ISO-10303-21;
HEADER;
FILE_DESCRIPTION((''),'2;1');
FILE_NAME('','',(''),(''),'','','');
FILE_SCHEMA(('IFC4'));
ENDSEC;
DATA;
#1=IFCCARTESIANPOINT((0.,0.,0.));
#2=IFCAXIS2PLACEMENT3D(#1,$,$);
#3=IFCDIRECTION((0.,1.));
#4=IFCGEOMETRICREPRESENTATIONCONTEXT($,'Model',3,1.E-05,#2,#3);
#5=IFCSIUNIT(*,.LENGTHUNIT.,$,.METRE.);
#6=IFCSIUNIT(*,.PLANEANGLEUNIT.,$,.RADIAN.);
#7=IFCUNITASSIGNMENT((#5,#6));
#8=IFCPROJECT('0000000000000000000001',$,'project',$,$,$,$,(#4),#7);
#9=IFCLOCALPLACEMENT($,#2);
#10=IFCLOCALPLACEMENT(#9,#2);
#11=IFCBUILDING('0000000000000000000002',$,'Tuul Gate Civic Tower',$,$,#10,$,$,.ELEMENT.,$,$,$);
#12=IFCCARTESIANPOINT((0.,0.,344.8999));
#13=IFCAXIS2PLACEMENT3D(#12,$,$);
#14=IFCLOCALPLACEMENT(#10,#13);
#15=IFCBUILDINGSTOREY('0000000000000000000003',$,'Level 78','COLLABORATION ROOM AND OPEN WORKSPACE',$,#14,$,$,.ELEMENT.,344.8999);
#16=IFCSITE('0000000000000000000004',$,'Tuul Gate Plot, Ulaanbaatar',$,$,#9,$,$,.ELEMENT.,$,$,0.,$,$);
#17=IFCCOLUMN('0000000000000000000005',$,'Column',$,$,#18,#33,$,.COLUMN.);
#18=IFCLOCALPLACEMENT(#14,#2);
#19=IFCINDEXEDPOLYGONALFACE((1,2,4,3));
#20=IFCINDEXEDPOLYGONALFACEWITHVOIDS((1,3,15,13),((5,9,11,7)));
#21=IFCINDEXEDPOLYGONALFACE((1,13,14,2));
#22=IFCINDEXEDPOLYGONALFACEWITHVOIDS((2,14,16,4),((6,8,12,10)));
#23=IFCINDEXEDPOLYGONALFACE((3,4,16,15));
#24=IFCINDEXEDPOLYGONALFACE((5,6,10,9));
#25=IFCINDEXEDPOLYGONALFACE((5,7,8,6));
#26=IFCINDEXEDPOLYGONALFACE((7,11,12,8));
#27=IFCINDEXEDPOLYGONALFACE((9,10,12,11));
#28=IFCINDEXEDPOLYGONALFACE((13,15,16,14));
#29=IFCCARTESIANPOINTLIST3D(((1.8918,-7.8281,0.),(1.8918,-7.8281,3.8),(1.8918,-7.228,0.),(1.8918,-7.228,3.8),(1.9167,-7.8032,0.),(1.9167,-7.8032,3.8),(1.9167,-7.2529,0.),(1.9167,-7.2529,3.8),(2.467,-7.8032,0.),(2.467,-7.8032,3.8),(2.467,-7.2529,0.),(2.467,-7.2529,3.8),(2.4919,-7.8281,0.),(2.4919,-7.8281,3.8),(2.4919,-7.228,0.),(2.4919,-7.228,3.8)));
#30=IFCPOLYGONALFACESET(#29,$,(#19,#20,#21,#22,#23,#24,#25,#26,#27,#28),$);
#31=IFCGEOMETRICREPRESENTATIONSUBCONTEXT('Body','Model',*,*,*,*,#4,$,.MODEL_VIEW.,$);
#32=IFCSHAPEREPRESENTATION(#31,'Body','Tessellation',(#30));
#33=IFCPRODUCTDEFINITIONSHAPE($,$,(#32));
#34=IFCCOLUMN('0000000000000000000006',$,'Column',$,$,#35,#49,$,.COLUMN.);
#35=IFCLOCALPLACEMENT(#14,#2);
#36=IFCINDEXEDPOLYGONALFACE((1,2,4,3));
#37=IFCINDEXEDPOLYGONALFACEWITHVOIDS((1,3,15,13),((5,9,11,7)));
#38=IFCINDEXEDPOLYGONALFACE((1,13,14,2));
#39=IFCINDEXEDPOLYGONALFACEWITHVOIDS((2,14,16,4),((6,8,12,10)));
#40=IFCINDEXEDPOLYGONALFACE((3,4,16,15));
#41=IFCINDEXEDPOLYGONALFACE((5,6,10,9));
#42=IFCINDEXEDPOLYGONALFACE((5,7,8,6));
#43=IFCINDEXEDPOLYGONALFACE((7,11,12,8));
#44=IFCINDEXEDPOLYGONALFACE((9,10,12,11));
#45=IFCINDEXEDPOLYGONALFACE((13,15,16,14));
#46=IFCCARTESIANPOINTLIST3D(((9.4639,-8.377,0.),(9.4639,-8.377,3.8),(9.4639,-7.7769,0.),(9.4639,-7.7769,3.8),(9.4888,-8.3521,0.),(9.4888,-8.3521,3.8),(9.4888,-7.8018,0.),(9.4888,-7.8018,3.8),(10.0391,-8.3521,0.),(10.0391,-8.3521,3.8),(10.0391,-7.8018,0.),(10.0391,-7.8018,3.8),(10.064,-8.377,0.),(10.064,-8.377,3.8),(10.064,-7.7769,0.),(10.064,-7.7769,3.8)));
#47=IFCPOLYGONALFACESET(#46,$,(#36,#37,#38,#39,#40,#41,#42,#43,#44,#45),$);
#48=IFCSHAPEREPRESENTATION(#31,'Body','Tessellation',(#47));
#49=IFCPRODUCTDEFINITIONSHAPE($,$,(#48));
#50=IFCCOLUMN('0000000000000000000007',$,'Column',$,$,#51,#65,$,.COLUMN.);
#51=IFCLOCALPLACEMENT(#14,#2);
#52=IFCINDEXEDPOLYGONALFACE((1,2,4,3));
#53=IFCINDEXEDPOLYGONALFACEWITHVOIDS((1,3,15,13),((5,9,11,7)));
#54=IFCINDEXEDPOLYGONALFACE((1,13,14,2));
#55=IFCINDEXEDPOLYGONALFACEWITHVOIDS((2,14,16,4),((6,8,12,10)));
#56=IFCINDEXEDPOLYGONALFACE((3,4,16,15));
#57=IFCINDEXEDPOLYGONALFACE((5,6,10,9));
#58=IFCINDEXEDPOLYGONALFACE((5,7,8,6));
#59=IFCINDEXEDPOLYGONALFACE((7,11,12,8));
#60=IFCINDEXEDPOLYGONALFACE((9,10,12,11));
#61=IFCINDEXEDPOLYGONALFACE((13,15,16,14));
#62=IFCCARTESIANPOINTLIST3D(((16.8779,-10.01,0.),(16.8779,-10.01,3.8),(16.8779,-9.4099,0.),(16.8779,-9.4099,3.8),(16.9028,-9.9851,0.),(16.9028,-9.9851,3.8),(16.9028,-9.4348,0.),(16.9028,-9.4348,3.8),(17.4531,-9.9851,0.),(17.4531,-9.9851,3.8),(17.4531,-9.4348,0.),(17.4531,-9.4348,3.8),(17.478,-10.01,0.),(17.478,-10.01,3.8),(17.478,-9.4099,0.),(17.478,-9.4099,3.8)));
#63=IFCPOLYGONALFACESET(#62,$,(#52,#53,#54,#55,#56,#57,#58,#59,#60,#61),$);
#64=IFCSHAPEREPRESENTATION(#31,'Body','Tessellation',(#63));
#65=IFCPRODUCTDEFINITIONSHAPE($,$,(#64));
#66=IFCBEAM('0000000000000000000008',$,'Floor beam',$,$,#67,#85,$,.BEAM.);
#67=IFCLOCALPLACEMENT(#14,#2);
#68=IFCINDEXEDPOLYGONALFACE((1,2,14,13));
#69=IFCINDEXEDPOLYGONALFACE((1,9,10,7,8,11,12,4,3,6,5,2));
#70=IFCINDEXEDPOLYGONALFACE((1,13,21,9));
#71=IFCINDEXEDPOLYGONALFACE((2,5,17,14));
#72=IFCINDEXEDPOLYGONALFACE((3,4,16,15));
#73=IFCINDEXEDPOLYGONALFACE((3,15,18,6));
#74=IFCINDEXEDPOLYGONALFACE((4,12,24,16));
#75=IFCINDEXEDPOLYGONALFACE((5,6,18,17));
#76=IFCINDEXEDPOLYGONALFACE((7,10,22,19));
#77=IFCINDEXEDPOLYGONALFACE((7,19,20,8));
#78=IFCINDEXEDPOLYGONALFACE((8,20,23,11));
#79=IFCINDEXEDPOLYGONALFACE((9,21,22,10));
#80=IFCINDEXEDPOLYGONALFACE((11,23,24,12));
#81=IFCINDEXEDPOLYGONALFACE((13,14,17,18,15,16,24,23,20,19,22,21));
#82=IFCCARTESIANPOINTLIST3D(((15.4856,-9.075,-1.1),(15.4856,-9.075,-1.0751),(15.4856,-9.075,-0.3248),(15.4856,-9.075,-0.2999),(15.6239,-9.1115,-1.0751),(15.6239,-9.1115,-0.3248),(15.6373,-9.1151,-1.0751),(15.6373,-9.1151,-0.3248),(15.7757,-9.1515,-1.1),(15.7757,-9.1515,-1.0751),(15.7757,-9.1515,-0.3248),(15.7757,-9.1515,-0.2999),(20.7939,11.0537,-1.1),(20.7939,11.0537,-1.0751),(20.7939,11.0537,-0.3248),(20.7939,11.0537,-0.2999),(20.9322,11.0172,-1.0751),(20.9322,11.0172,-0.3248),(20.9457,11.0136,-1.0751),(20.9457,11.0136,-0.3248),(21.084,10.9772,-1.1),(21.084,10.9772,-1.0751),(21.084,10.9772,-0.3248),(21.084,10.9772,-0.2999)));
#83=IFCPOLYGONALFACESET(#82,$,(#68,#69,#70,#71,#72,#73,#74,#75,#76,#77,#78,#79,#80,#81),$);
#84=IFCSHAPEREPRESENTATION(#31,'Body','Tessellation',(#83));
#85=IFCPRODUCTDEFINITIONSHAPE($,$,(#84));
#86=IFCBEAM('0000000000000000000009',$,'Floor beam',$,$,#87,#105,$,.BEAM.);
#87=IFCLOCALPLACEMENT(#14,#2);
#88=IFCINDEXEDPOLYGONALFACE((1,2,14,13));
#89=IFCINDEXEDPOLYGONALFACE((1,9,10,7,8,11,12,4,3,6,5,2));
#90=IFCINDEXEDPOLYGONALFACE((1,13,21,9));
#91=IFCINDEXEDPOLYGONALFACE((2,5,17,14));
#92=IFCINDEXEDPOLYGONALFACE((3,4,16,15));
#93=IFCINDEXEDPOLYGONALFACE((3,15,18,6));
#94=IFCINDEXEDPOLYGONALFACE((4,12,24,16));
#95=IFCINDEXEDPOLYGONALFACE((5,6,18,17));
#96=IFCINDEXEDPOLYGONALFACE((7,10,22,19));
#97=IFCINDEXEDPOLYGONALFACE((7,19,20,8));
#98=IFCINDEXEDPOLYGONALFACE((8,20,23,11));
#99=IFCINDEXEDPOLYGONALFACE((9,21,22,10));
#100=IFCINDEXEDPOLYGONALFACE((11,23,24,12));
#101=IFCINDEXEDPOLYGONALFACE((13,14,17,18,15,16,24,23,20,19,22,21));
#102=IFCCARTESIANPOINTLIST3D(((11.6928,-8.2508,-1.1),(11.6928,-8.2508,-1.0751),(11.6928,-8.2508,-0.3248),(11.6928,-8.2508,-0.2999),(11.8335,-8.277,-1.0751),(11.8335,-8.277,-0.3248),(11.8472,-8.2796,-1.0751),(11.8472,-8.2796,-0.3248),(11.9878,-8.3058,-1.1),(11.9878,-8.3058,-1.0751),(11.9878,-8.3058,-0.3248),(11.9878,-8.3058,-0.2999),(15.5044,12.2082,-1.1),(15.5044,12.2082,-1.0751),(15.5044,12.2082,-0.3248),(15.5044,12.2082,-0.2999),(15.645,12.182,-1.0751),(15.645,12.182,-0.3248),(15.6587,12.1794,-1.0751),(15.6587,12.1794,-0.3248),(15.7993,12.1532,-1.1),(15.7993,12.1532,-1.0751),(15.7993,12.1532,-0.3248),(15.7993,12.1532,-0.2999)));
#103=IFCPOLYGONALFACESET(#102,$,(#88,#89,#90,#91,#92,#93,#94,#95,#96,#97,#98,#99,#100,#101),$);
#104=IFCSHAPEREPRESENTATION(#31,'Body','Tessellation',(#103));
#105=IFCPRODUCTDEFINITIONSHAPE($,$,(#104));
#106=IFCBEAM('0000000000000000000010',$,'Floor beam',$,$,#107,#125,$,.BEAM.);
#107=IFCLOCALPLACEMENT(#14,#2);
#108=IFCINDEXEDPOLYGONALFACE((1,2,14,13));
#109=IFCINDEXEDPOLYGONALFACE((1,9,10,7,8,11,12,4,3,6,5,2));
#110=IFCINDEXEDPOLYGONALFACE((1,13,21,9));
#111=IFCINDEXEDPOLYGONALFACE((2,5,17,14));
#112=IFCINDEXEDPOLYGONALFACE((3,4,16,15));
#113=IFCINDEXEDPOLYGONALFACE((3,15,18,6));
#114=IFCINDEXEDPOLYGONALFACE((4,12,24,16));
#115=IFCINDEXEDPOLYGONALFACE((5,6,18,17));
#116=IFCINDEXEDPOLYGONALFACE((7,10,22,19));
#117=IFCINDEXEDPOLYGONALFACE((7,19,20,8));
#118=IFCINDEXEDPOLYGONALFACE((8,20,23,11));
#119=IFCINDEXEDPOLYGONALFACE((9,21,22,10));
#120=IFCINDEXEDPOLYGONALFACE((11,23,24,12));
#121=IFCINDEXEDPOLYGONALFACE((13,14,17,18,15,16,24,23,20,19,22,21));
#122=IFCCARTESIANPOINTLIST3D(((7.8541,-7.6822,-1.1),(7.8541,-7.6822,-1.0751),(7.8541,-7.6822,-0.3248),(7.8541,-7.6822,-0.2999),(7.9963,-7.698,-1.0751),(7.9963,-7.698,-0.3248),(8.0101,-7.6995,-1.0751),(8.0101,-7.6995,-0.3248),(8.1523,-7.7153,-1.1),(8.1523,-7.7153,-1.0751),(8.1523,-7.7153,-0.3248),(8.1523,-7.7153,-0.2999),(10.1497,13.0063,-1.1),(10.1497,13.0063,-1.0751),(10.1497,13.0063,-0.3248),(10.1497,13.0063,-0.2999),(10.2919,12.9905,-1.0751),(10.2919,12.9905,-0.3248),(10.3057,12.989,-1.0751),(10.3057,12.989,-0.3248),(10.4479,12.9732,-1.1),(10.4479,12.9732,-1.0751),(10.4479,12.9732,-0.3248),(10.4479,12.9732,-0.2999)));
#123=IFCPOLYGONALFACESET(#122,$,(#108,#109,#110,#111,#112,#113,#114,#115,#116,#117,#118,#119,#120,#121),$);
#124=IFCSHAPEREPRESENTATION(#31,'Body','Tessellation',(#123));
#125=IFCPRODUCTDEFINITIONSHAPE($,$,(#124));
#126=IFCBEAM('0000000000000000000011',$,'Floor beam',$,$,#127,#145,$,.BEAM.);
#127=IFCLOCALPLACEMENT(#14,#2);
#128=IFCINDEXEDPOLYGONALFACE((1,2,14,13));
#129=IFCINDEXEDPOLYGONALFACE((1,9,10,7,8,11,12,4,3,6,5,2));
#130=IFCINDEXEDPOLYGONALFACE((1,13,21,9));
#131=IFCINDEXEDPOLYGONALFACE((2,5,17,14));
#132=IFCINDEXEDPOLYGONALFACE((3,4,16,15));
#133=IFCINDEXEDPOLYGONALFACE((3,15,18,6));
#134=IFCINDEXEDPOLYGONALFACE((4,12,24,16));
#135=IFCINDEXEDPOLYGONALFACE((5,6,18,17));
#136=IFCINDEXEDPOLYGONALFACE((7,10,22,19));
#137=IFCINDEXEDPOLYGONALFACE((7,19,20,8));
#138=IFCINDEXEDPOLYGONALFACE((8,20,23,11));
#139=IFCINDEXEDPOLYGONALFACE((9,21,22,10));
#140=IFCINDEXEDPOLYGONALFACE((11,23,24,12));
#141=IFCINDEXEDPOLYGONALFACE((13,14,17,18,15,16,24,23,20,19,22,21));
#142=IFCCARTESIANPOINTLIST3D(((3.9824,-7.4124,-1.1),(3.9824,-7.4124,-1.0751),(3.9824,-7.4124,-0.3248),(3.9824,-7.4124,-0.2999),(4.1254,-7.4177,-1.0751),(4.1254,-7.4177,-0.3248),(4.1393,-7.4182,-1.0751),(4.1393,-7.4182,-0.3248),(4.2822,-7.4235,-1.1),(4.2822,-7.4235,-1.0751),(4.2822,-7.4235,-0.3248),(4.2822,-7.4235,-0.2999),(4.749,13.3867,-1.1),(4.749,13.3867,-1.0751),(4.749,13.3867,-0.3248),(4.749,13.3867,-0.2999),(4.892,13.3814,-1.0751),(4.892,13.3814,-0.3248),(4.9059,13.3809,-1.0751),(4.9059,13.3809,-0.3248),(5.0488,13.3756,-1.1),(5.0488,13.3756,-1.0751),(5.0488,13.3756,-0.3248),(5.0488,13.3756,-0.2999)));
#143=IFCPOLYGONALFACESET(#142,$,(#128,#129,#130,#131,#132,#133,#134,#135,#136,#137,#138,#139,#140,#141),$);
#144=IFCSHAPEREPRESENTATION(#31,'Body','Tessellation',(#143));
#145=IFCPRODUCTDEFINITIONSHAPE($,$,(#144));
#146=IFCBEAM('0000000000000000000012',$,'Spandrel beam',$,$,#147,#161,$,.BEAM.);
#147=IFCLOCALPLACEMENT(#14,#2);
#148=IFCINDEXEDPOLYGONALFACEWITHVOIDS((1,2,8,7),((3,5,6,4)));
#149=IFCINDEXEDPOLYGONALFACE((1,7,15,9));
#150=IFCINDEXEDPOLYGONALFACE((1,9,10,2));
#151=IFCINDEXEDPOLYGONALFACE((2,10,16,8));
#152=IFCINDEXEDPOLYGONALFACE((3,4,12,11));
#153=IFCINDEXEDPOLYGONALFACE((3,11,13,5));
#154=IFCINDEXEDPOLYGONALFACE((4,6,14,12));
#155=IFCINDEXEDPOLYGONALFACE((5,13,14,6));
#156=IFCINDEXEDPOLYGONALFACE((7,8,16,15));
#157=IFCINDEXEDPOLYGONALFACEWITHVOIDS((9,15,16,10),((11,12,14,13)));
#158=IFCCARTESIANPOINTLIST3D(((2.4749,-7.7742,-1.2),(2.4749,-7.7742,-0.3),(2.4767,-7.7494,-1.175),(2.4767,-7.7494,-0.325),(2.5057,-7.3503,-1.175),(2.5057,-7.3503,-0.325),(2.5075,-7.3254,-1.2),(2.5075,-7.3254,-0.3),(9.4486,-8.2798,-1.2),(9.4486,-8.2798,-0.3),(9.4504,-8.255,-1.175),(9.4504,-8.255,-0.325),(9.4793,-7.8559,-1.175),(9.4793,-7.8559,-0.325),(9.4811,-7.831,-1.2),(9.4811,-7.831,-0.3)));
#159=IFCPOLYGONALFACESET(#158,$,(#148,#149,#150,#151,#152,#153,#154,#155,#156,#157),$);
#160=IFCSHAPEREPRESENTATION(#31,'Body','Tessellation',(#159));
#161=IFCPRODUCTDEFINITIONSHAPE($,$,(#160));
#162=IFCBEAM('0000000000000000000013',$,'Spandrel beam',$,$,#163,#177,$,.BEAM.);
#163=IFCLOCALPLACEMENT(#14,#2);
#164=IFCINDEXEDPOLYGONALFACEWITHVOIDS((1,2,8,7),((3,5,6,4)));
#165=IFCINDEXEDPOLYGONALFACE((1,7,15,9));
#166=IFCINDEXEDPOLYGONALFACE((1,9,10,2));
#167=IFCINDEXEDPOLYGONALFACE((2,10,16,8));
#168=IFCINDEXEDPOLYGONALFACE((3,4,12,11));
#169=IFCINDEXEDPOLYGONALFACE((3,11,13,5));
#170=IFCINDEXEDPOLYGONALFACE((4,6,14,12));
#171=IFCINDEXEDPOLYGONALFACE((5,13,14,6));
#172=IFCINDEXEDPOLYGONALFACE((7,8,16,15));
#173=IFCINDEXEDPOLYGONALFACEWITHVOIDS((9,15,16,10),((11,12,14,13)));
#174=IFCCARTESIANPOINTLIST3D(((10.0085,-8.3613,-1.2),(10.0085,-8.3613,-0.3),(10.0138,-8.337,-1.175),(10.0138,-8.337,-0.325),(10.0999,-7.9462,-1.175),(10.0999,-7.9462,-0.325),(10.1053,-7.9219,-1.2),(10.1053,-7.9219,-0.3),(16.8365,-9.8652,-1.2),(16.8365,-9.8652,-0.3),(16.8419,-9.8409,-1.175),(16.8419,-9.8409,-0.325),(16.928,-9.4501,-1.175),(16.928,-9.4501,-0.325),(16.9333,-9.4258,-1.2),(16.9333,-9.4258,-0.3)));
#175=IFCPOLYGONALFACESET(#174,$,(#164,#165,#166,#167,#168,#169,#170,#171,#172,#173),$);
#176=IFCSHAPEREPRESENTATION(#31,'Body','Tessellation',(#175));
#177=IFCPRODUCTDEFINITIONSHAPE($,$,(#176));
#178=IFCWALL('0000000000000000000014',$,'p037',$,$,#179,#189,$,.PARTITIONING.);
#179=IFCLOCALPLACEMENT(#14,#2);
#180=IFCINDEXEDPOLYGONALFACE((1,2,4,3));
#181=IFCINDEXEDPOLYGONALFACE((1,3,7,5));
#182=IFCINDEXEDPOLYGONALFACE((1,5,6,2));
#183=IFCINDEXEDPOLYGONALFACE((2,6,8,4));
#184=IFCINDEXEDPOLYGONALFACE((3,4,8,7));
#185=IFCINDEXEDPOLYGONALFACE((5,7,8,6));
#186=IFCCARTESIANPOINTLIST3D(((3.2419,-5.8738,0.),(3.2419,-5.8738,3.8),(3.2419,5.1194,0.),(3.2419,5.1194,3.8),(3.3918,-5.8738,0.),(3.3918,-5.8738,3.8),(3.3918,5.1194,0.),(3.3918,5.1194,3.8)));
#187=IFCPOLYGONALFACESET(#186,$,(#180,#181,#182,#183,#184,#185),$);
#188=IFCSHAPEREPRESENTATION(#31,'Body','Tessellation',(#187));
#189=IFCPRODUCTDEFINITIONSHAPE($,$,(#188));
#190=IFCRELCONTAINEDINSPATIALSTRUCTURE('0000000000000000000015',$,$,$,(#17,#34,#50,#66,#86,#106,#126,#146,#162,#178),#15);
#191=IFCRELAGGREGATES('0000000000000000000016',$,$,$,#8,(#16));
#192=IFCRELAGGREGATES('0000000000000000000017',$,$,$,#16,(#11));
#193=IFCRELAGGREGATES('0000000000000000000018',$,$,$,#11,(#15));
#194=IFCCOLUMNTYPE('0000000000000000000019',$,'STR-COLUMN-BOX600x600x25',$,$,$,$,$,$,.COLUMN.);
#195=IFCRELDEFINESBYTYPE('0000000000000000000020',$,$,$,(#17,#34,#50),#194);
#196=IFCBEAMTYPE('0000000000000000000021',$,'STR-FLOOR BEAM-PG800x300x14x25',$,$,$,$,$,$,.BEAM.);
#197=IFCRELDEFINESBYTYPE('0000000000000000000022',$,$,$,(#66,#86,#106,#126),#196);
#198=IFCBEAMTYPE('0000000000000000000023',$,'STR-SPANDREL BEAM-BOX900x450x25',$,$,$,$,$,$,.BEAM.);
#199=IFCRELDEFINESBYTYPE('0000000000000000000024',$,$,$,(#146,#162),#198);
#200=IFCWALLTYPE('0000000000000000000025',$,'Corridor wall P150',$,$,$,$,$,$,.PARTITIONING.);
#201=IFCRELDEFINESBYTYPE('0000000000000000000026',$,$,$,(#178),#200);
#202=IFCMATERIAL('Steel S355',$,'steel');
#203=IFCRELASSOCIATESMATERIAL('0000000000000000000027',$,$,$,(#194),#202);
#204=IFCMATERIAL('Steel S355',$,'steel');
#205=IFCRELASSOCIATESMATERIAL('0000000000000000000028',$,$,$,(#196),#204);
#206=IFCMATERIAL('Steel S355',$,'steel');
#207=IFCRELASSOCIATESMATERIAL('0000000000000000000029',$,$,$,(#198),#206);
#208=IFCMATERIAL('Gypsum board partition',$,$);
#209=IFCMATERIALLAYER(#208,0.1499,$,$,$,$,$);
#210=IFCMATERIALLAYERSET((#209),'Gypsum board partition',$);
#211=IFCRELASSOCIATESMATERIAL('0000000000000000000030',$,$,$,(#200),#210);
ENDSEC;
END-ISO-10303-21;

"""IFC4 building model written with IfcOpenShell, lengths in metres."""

from ifc_helpers import new_model, si_unit, direction, frame, frame_2d, origin, origin_2d, place, context, subcontext, project, spatial, rectangle, hollow_rectangle, i_section, extrude, material, layer, layer_set, material_profile, profile_set, type_object, element, save


model = new_model("IFC4")

# Units and contexts
model_context = context("Model", 3, precision=1e-05, world=origin(), true_north=direction((0.0, 1.0)))
body_context = subcontext(model_context, "Body", "Model", "MODEL_VIEW")
ifc_project = project(units=[si_unit("LENGTHUNIT", "METRE"), si_unit("PLANEANGLEUNIT", "RADIAN")], contexts=[model_context])

# Site, building, storey
site_placement = place(None, origin())
site = spatial("IfcSite", under=ifc_project, at=site_placement, Name="Tuul Gate Plot, Ulaanbaatar", CompositionType="ELEMENT", RefElevation=0.0)
building_placement = place(site_placement, origin())
building = spatial("IfcBuilding", under=site, at=building_placement, Name="Tuul Gate Civic Tower", CompositionType="ELEMENT")
storey_placement = place(building_placement, frame((0.0, 0.0, 344.8999)))
storey = spatial("IfcBuildingStorey", under=building, at=storey_placement, Name="Level 78", Description="COLLABORATION ROOM AND OPEN WORKSPACE", CompositionType="ELEMENT", Elevation=344.8999)

# Columns
ifc_material_1 = material(Name="Steel S355", Category="steel")
ifc_material_profile_1 = material_profile(ifc_material_1, hollow_rectangle(XDim=0.6001, YDim=0.6001, WallThickness=0.0249, at=origin_2d()), Name="BOX600x600x25")
ifc_profile_set_1 = profile_set([ifc_material_profile_1], Name="Steel S355")
column_type = type_object("IfcColumnType", Name="STR-COLUMN-BOX600x600x25", PredefinedType="COLUMN", material=ifc_profile_set_1)
for number, where, z_axis, x_axis, name in (
    (1, (2.1919, -7.5281, 0.0), (0.0, 0.0, 1.0), (1.0, 0.0, 0.0), "Column"),
    (2, (9.7639, -8.0769, 0.0), (0.0, 0.0, 1.0), (1.0, 0.0, 0.0), "Column"),
    (3, (17.178, -9.71, 0.0), (0.0, 0.0, 1.0), (1.0, 0.0, 0.0), "Column"),
):
    element("IfcColumn", number, at=place(storey_placement, frame(where, z_axis=z_axis, x_axis=x_axis)), inside=storey, type_object=column_type, Name=name, PredefinedType="COLUMN", context=body_context, shape_type="SweptSolid", body=[
        extrude(hollow_rectangle(XDim=0.6001, YDim=0.6001, WallThickness=0.0249, at=origin_2d()), origin(), (0.0, 0.0, 1.0), 3.8),
    ])

# Beams
ifc_material_2 = material(Name="Steel S355", Category="steel")
ifc_material_profile_2 = material_profile(ifc_material_2, i_section(OverallWidth=0.3, OverallDepth=0.8, WebThickness=0.0139, FlangeThickness=0.0249, at=origin_2d()), Name="PG800x300x14x25")
ifc_profile_set_2 = profile_set([ifc_material_profile_2], Name="Steel S355")
beam_type_1 = type_object("IfcBeamType", Name="STR-FLOOR BEAM-PG800x300x14x25", PredefinedType="BEAM", material=ifc_profile_set_2)
beam_1_placement = place(storey_placement, frame((15.6306, -9.1133, -0.7), z_axis=(0.255002, 0.96694, 0.0), x_axis=(-0.96694, 0.255002, 0.0)))
element("IfcBeam", 4, at=beam_1_placement, inside=storey, type_object=beam_type_1, Name="Floor beam", PredefinedType="BEAM", context=body_context, shape_type="SweptSolid", body=[
    extrude(i_section(OverallWidth=0.3, OverallDepth=0.8, WebThickness=0.0139, FlangeThickness=0.0249, at=origin_2d()), origin(), (0.0, 0.0, 1.0), 20.8169),
])
beam_2_placement = place(storey_placement, frame((11.8403, -8.2783, -0.7), z_axis=(0.183149, 0.983085, 0.0), x_axis=(-0.983085, 0.183149, 0.0)))
element("IfcBeam", 5, at=beam_2_placement, inside=storey, type_object=beam_type_1, Name="Floor beam", PredefinedType="BEAM", context=body_context, shape_type="SweptSolid", body=[
    extrude(i_section(OverallWidth=0.3, OverallDepth=0.8, WebThickness=0.0139, FlangeThickness=0.0249, at=origin_2d()), origin(), (0.0, 0.0, 1.0), 20.811),
])
beam_3_placement = place(storey_placement, frame((8.0032, -7.6987, -0.7), z_axis=(0.110286, 0.9939, 0.0), x_axis=(-0.9939, 0.110286, 0.0)))
element("IfcBeam", 6, at=beam_3_placement, inside=storey, type_object=beam_type_1, Name="Floor beam", PredefinedType="BEAM", context=body_context, shape_type="SweptSolid", body=[
    extrude(i_section(OverallWidth=0.3, OverallDepth=0.8, WebThickness=0.0139, FlangeThickness=0.0249, at=origin_2d()), origin(), (0.0, 0.0, 1.0), 20.8154),
])
beam_4_placement = place(storey_placement, frame((4.1323, -7.418, -0.7), z_axis=(0.036832, 0.999321, 0.0), x_axis=(-0.999321, 0.036832, 0.0)))
element("IfcBeam", 7, at=beam_4_placement, inside=storey, type_object=beam_type_1, Name="Floor beam", PredefinedType="BEAM", context=body_context, shape_type="SweptSolid", body=[
    extrude(i_section(OverallWidth=0.3, OverallDepth=0.8, WebThickness=0.0139, FlangeThickness=0.0249, at=origin_2d()), origin(), (0.0, 0.0, 1.0), 20.8132),
])
ifc_material_3 = material(Name="Steel S355", Category="steel")
ifc_material_profile_3 = material_profile(ifc_material_3, hollow_rectangle(XDim=0.45, YDim=0.8999, WallThickness=0.0249, at=origin_2d()), Name="BOX900x450x25")
ifc_profile_set_3 = profile_set([ifc_material_profile_3], Name="Steel S355")
beam_type_2 = type_object("IfcBeamType", Name="STR-SPANDREL BEAM-BOX900x450x25", PredefinedType="BEAM", material=ifc_profile_set_3)
beam_5_placement = place(storey_placement, frame((2.4912, -7.5498, -0.75), z_axis=(0.997382, -0.072314, 0.0), x_axis=(0.072314, 0.997382, 0.0)))
element("IfcBeam", 8, at=beam_5_placement, inside=storey, type_object=beam_type_2, Name="Spandrel beam", PredefinedType="BEAM", context=body_context, shape_type="SweptSolid", body=[
    extrude(hollow_rectangle(XDim=0.45, YDim=0.8999, WallThickness=0.0249, at=origin_2d()), origin(), (0.0, 0.0, 1.0), 6.9919),
])
beam_6_placement = place(storey_placement, frame((10.0569, -8.1416, -0.75), z_axis=(0.976593, -0.215096, 0.0), x_axis=(0.215096, 0.976593, 0.0)))
element("IfcBeam", 9, at=beam_6_placement, inside=storey, type_object=beam_type_2, Name="Spandrel beam", PredefinedType="BEAM", context=body_context, shape_type="SweptSolid", body=[
    extrude(hollow_rectangle(XDim=0.45, YDim=0.8999, WallThickness=0.0249, at=origin_2d()), origin(), (0.0, 0.0, 1.0), 6.9917),
])

# Wall
ifc_material_4 = material(Name="Gypsum board partition")
ifc_layer_1 = layer(ifc_material_4, 0.1499)
ifc_layer_set_1 = layer_set([ifc_layer_1], Name="Gypsum board partition")
wall_type_1 = type_object("IfcWallType", Name="Corridor wall P150", PredefinedType="PARTITIONING", material=ifc_layer_set_1)
wall_1_placement = place(storey_placement, frame((3.3169, -5.8738, 0.0), z_axis=(0.0, 0.0, 1.0), x_axis=(0.0, 1.0, 0.0)))
element("IfcWall", 10, at=wall_1_placement, inside=storey, type_object=wall_type_1, Name="p037", PredefinedType="PARTITIONING", context=body_context, shape_type="SweptSolid", body=[
    extrude(rectangle(XDim=10.9932, YDim=0.1499, at=frame_2d((5.4966, 0.0))), origin(), (0.0, 0.0, 1.0), 3.8),
])

save(model, "model.ifc")
